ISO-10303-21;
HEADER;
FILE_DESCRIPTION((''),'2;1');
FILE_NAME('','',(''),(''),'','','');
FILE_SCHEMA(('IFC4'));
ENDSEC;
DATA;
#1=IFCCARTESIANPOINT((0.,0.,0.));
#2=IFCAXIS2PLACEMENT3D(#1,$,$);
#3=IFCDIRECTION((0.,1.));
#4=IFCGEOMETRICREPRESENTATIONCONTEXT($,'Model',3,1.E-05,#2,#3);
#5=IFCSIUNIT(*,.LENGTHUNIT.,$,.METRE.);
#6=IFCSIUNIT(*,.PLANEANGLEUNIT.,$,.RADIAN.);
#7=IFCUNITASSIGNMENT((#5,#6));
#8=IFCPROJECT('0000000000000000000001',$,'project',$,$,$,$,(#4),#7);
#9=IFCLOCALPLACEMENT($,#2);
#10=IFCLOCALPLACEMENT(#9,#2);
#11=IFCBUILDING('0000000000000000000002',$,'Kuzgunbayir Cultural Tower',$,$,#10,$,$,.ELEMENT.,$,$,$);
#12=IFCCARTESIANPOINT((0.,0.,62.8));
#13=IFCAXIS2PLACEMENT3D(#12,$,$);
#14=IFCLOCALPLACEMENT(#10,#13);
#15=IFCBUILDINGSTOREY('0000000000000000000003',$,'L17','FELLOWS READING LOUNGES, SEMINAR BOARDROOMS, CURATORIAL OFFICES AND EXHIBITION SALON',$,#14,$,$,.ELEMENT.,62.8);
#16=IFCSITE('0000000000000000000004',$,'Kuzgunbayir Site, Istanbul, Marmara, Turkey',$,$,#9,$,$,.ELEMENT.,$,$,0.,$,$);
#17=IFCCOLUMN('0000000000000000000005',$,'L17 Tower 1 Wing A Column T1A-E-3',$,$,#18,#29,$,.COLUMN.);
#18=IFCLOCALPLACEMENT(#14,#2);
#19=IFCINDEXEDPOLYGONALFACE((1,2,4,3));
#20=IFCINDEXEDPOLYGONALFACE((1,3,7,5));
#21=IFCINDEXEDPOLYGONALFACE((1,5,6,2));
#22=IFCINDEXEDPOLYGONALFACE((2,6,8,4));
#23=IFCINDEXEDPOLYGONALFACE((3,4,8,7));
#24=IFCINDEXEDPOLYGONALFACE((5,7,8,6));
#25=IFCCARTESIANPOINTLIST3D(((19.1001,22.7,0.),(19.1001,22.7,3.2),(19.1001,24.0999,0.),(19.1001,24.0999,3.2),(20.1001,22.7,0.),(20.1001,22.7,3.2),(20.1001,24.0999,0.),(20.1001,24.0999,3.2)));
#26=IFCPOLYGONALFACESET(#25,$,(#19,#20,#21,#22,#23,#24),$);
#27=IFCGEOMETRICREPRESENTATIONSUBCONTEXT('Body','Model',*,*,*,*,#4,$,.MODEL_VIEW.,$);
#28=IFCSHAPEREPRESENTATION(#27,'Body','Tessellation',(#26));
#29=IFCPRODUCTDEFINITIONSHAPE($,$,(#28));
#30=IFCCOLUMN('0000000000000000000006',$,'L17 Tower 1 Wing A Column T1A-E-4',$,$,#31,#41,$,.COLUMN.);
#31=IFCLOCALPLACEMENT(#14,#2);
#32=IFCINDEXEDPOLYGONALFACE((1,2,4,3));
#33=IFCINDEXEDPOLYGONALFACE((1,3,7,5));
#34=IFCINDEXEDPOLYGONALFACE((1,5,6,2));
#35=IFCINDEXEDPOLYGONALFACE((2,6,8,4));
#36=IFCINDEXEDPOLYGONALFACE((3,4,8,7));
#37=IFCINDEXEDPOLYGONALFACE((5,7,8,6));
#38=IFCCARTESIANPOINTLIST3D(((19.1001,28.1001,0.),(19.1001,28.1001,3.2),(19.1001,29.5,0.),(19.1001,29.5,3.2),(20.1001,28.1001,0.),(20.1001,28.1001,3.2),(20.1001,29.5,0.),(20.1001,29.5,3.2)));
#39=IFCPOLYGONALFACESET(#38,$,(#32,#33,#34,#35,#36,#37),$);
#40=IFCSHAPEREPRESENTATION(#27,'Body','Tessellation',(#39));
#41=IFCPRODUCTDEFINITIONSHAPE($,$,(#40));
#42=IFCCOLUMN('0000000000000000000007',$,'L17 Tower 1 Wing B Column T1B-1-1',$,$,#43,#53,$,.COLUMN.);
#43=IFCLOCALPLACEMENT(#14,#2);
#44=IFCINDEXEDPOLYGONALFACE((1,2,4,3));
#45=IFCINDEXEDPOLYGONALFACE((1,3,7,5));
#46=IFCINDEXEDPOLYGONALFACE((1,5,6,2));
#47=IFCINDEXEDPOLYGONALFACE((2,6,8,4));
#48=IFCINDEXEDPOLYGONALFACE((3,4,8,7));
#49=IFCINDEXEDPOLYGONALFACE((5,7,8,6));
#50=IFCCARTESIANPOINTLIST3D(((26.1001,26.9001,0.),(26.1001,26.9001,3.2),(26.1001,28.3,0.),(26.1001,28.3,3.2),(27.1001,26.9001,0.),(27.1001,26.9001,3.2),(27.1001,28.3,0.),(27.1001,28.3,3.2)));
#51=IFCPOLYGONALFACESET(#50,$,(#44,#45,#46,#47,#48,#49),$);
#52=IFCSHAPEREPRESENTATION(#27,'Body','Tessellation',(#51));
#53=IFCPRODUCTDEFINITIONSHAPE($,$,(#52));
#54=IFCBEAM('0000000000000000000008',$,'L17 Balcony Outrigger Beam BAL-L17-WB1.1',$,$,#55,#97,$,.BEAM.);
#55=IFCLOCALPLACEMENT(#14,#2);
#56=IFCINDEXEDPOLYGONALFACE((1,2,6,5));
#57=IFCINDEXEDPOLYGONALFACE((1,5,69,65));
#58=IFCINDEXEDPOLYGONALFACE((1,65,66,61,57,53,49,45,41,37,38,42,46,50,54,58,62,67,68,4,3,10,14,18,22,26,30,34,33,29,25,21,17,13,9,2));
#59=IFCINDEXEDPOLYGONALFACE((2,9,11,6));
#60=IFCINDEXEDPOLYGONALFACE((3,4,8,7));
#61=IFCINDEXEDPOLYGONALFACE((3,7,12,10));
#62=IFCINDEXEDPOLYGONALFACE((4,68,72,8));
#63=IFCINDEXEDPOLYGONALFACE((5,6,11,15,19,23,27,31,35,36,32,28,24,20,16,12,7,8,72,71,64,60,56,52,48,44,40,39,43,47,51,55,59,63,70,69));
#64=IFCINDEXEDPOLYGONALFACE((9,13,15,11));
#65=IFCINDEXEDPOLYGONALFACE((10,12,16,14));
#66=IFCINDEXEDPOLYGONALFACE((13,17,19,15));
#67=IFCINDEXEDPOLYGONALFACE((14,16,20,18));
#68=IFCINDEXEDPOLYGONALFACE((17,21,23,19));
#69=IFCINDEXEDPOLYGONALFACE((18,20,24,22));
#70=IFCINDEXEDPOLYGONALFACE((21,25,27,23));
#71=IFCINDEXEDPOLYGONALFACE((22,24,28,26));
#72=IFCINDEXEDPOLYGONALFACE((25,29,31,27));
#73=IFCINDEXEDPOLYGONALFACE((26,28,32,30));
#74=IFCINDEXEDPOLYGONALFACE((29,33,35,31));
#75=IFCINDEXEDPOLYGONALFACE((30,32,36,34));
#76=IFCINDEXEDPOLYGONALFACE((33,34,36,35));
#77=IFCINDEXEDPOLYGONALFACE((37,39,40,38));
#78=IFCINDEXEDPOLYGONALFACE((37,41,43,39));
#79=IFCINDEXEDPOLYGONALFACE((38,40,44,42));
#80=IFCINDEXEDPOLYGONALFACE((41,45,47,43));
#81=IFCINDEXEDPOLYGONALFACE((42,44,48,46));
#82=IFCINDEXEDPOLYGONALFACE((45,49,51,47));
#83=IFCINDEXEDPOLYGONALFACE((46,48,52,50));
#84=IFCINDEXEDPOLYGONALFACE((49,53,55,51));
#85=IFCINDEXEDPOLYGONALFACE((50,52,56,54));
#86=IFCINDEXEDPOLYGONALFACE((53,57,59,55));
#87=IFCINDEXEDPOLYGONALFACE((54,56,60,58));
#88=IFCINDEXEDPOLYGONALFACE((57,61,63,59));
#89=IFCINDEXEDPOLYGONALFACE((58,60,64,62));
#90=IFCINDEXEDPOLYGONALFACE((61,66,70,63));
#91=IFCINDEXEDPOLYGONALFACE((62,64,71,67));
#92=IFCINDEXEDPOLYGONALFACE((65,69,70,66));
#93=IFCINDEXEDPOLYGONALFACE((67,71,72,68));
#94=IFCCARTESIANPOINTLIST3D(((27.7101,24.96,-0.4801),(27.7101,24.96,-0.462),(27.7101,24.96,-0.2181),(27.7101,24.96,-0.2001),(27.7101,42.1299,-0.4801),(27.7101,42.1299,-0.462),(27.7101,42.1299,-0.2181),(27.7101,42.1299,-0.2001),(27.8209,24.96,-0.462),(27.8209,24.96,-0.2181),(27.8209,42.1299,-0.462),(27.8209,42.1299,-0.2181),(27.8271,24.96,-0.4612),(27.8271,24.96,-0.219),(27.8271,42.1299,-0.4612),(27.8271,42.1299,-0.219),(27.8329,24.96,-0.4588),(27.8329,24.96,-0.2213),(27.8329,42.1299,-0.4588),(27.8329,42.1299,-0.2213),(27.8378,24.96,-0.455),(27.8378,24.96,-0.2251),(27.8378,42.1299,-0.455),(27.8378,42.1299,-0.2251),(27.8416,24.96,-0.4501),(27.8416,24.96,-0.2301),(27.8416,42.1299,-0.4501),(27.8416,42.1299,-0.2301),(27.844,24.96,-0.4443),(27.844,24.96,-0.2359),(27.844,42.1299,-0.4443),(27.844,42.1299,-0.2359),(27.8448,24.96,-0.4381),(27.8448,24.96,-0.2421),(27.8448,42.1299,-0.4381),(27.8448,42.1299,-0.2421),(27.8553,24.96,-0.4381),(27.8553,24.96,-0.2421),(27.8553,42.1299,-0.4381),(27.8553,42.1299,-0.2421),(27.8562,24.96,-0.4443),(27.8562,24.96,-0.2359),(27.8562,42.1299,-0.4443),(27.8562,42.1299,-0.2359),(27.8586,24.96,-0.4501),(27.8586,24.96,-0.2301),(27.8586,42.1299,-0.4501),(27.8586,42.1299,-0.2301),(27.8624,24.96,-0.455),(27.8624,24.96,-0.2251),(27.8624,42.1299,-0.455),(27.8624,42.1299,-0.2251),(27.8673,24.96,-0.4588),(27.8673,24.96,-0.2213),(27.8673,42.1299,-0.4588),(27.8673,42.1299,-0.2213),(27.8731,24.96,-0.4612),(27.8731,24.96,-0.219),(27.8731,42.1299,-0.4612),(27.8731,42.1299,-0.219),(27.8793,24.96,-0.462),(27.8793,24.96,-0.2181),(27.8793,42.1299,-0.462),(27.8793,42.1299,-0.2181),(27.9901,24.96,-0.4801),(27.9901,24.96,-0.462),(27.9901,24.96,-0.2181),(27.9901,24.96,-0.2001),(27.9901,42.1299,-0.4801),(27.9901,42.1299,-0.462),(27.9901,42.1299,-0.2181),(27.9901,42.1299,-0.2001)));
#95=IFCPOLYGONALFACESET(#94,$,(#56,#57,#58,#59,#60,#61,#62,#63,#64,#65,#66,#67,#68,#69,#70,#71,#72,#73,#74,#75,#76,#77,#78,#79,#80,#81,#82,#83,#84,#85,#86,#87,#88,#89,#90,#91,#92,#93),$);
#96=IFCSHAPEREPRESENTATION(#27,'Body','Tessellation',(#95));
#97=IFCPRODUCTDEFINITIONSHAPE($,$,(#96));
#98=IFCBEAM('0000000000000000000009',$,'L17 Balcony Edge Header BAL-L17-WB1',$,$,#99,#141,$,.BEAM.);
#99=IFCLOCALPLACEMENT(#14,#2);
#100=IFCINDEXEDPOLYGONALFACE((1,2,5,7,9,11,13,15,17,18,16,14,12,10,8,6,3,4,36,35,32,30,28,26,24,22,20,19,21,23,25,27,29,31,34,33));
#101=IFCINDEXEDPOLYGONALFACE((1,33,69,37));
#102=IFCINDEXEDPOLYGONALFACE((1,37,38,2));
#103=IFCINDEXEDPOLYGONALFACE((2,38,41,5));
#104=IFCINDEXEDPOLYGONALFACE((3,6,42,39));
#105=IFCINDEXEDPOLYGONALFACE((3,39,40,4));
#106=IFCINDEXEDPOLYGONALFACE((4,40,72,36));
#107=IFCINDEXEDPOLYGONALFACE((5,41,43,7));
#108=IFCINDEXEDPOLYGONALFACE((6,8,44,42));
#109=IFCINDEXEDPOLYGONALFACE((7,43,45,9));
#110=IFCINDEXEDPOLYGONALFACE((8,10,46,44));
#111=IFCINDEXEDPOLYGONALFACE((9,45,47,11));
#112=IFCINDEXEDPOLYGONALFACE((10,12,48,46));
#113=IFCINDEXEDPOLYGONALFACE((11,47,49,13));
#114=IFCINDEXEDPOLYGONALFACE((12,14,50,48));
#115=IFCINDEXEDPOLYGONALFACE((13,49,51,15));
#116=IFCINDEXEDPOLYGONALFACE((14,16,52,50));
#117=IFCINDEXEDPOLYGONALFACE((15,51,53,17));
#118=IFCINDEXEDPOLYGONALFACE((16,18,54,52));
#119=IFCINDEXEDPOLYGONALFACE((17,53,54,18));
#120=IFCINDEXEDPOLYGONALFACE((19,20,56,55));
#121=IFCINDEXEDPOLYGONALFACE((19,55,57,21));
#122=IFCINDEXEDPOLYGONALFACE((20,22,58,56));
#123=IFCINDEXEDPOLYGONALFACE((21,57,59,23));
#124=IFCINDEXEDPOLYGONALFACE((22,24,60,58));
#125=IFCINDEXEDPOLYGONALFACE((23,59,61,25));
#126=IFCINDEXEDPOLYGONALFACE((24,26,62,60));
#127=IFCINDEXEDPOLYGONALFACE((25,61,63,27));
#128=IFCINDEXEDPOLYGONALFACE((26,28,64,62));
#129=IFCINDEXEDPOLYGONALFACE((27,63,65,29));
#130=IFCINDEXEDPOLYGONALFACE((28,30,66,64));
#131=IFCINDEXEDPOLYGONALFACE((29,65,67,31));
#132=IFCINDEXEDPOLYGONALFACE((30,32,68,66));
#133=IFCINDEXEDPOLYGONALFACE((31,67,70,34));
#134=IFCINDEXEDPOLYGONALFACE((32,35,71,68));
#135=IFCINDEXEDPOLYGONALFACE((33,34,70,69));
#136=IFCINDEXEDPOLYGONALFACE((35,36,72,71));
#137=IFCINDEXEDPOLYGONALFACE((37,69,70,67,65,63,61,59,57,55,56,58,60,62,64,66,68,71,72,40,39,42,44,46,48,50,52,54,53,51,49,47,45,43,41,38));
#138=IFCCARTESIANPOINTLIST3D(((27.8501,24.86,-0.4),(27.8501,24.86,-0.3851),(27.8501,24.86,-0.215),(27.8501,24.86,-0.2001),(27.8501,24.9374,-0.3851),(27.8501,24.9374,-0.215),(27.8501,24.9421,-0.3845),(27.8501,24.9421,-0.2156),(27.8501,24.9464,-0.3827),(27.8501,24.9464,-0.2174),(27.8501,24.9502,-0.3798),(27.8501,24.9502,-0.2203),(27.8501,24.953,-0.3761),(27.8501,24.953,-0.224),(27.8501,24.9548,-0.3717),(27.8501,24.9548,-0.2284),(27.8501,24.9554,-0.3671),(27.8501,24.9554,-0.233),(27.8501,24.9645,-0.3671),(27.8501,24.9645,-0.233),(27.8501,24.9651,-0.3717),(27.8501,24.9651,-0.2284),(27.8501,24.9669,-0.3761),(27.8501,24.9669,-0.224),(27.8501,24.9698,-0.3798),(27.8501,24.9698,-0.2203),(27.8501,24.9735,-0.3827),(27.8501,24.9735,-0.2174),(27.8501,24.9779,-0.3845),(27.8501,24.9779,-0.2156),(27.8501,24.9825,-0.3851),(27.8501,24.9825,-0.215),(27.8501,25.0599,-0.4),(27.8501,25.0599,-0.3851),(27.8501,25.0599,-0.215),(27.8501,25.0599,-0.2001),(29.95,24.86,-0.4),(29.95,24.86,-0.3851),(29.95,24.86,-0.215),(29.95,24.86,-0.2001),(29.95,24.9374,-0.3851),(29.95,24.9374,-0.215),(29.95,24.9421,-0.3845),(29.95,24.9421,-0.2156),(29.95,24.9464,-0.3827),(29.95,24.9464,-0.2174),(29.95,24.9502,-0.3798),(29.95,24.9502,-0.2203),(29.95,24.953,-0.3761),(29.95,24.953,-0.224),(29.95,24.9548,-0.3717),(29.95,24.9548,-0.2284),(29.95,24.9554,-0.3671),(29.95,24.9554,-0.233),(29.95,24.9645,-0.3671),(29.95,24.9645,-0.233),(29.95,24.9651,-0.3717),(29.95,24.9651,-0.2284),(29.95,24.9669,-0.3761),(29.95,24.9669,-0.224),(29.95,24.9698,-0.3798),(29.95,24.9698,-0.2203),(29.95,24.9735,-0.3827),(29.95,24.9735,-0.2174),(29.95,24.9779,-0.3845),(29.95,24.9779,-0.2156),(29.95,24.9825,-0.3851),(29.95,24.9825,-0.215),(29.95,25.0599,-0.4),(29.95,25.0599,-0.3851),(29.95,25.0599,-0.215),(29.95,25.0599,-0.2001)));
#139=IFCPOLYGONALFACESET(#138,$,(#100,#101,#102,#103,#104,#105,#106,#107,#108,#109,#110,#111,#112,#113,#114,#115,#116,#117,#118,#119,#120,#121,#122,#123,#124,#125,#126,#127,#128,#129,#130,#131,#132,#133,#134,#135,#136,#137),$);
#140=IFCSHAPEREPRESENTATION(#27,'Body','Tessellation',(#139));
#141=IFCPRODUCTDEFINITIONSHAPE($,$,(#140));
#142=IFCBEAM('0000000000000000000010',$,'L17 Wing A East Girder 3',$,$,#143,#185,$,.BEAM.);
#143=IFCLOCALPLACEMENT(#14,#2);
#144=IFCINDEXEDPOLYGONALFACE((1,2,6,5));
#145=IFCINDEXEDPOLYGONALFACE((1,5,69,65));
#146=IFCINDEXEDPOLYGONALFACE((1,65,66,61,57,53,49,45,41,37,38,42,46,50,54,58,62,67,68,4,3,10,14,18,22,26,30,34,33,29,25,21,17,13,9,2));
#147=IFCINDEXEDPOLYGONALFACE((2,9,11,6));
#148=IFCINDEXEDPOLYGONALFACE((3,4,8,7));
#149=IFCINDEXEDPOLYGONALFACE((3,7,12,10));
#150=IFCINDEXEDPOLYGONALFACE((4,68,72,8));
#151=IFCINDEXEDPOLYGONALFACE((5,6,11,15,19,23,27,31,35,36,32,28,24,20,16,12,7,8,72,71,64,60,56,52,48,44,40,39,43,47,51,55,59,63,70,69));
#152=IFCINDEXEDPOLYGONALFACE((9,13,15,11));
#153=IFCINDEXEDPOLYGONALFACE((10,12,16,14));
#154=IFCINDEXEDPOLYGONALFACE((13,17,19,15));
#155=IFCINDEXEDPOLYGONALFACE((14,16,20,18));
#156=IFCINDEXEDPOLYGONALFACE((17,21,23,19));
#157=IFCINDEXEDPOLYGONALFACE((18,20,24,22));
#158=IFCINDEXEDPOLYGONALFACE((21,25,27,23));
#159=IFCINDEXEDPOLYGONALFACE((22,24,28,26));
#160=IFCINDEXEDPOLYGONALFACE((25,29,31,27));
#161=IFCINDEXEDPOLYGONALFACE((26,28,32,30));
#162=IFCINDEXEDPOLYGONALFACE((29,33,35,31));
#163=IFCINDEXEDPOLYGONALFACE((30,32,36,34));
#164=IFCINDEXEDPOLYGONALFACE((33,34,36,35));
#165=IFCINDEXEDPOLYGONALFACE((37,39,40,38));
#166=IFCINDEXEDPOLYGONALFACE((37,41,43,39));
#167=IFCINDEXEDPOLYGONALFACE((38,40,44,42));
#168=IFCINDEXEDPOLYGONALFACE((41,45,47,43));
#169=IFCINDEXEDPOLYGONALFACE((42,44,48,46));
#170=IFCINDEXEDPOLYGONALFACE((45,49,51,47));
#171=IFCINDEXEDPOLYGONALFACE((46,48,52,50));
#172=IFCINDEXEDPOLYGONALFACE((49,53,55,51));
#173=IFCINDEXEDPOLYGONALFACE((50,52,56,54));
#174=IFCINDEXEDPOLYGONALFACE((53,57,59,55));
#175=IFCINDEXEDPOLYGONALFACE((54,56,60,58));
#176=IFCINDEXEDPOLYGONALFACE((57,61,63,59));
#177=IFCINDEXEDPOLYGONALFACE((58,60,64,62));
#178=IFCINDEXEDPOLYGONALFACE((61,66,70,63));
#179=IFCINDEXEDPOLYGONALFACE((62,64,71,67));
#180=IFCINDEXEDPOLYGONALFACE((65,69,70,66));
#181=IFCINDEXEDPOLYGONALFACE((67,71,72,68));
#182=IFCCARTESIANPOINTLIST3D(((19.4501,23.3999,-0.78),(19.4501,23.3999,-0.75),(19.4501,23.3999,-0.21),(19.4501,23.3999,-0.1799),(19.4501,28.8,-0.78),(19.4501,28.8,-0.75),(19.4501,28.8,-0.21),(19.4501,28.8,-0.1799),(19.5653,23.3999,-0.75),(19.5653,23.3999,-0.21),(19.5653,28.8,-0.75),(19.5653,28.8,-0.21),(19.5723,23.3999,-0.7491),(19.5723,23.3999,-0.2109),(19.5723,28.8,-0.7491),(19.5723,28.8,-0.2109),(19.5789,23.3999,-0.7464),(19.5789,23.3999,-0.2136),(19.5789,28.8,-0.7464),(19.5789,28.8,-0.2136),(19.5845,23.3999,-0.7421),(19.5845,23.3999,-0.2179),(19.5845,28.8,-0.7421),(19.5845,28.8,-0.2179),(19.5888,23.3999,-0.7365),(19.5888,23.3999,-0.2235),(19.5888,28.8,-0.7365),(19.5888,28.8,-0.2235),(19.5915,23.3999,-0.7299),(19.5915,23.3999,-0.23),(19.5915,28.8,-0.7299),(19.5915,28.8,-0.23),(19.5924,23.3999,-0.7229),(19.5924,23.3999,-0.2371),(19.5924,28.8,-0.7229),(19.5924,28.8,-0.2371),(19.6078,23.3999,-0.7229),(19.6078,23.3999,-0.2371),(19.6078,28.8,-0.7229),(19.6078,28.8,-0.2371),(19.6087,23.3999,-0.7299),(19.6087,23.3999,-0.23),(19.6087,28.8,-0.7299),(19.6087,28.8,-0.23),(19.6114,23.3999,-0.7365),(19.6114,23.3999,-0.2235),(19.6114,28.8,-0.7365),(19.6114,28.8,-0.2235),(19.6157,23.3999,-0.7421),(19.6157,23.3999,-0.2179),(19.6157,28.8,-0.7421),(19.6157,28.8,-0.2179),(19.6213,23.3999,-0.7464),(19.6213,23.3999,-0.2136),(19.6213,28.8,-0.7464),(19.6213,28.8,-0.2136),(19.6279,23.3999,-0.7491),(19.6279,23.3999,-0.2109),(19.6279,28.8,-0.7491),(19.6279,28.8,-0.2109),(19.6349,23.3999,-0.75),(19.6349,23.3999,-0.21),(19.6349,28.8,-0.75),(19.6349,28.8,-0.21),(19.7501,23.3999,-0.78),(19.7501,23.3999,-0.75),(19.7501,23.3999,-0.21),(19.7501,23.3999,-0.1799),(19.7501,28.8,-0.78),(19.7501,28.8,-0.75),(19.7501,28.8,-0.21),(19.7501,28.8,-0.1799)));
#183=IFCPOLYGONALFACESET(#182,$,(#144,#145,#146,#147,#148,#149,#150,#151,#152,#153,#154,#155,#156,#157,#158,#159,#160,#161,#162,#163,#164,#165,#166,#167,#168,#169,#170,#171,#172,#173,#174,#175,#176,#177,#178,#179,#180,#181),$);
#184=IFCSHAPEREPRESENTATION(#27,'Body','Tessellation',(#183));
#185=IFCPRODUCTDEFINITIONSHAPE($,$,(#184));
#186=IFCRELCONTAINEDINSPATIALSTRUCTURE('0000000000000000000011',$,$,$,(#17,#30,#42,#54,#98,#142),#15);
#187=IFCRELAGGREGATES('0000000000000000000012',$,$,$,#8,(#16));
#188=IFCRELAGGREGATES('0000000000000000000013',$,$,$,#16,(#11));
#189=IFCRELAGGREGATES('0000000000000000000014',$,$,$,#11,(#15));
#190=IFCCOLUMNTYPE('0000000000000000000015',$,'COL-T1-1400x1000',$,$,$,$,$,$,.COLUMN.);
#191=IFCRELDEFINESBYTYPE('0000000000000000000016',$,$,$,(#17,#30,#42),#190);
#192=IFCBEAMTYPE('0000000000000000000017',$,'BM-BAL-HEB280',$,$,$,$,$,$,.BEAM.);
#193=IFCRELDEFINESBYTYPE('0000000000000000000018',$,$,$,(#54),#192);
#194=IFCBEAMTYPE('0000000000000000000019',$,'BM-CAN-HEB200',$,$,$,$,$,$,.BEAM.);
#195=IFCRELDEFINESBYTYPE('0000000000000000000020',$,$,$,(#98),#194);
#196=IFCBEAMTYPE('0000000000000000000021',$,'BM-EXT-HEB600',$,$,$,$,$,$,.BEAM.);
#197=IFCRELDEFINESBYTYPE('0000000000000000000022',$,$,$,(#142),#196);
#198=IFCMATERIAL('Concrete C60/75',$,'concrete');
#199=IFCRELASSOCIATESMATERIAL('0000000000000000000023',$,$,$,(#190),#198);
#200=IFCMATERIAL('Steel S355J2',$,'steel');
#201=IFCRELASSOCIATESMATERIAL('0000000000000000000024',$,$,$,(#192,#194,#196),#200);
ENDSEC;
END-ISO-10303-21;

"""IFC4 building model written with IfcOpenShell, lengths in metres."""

from ifc_helpers import new_model, si_unit, direction, frame, origin, origin_2d, place, context, subcontext, project, spatial, rectangle, i_section, extrude, material, material_profile, profile_set, type_object, element, save


model = new_model("IFC4")

# Units and contexts
model_context = context("Model", 3, precision=1e-05, world=origin(), true_north=direction((0.0, 1.0)))
body_context = subcontext(model_context, "Body", "Model", "MODEL_VIEW")
ifc_project = project(units=[si_unit("LENGTHUNIT", "METRE"), si_unit("PLANEANGLEUNIT", "RADIAN")], contexts=[model_context])

# Site, building, storey
site_placement = place(None, origin())
site = spatial("IfcSite", under=ifc_project, at=site_placement, Name="Kuzgunbayir Site, Istanbul, Marmara, Turkey", CompositionType="ELEMENT", RefElevation=0.0)
building_placement = place(site_placement, origin())
building = spatial("IfcBuilding", under=site, at=building_placement, Name="Kuzgunbayir Cultural Tower", CompositionType="ELEMENT")
storey_placement = place(building_placement, frame((0.0, 0.0, 62.8)))
storey = spatial("IfcBuildingStorey", under=building, at=storey_placement, Name="L17", Description="FELLOWS READING LOUNGES, SEMINAR BOARDROOMS, CURATORIAL OFFICES AND EXHIBITION SALON", CompositionType="ELEMENT", Elevation=62.8)

# Columns
ifc_material_1 = material(Name="Concrete C60/75", Category="concrete")
ifc_material_profile_1 = material_profile(ifc_material_1, rectangle(XDim=1.0, YDim=1.3999, at=origin_2d()), Name="RC 1400x1000")
ifc_profile_set_1 = profile_set([ifc_material_profile_1], Name="Concrete C60/75")
column_type = type_object("IfcColumnType", Name="COL-T1-1400x1000", PredefinedType="COLUMN", material=ifc_profile_set_1)
for number, where, z_axis, x_axis, name in (
    (1, (19.6001, 23.3999, 0.0), (0.0, 0.0, 1.0), (1.0, 0.0, 0.0), "L17 Tower 1 Wing A Column T1A-E-3"),
    (2, (19.6001, 28.8, 0.0), (0.0, 0.0, 1.0), (1.0, 0.0, 0.0), "L17 Tower 1 Wing A Column T1A-E-4"),
    (3, (26.6001, 27.6001, 0.0), (0.0, 0.0, 1.0), (1.0, 0.0, 0.0), "L17 Tower 1 Wing B Column T1B-1-1"),
):
    element("IfcColumn", number, at=place(storey_placement, frame(where, z_axis=z_axis, x_axis=x_axis)), inside=storey, type_object=column_type, Name=name, PredefinedType="COLUMN", context=body_context, shape_type="SweptSolid", body=[
        extrude(rectangle(XDim=1.0, YDim=1.3999, at=origin_2d()), origin(), (0.0, 0.0, 1.0), 3.2),
    ])

# Beams
ifc_material_2 = material(Name="Steel S355J2", Category="steel")
ifc_material_profile_2 = material_profile(ifc_material_2, i_section(OverallWidth=0.28, OverallDepth=0.28, WebThickness=0.0105, FlangeThickness=0.0181, FilletRadius=0.0239, at=origin_2d()), Name="HEB 280")
ifc_profile_set_2 = profile_set([ifc_material_profile_2], Name="Steel S355J2")
beam_type_1 = type_object("IfcBeamType", Name="BM-BAL-HEB280", PredefinedType="BEAM", material=ifc_profile_set_2)
beam_1_placement = place(storey_placement, frame((27.8501, 24.96, -0.3401), z_axis=(0.0, 1.0, 0.0), x_axis=(-1.0, 0.0, 0.0)))
element("IfcBeam", 4, at=beam_1_placement, inside=storey, type_object=beam_type_1, Name="L17 Balcony Outrigger Beam BAL-L17-WB1.1", PredefinedType="BEAM", context=body_context, shape_type="SweptSolid", body=[
    extrude(i_section(OverallWidth=0.28, OverallDepth=0.28, WebThickness=0.0105, FlangeThickness=0.0181, FilletRadius=0.0239, at=origin_2d()), origin(), (0.0, 0.0, 1.0), 17.1699),
])
ifc_material_profile_3 = material_profile(ifc_material_2, i_section(OverallWidth=0.2, OverallDepth=0.2, WebThickness=0.009, FlangeThickness=0.0149, FilletRadius=0.0181, at=origin_2d()), Name="HEB 200")
ifc_profile_set_3 = profile_set([ifc_material_profile_3], Name="Steel S355J2")
beam_type_2 = type_object("IfcBeamType", Name="BM-CAN-HEB200", PredefinedType="BEAM", material=ifc_profile_set_3)
beam_2_placement = place(storey_placement, frame((27.8501, 24.96, -0.3), z_axis=(1.0, 0.0, 0.0), x_axis=(0.0, 1.0, 0.0)))
element("IfcBeam", 5, at=beam_2_placement, inside=storey, type_object=beam_type_2, Name="L17 Balcony Edge Header BAL-L17-WB1", PredefinedType="BEAM", context=body_context, shape_type="SweptSolid", body=[
    extrude(i_section(OverallWidth=0.2, OverallDepth=0.2, WebThickness=0.009, FlangeThickness=0.0149, FilletRadius=0.0181, at=origin_2d()), origin(), (0.0, 0.0, 1.0), 2.0999),
])
ifc_material_profile_4 = material_profile(ifc_material_2, i_section(OverallWidth=0.3, OverallDepth=0.6001, WebThickness=0.0154, FlangeThickness=0.03, FilletRadius=0.0271, at=origin_2d()), Name="HEB 600")
ifc_profile_set_4 = profile_set([ifc_material_profile_4], Name="Steel S355J2")
beam_type_3 = type_object("IfcBeamType", Name="BM-EXT-HEB600", PredefinedType="BEAM", material=ifc_profile_set_4)
beam_3_placement = place(storey_placement, frame((19.6001, 23.3999, -0.48), z_axis=(0.0, 1.0, 0.0), x_axis=(-1.0, 0.0, 0.0)))
element("IfcBeam", 6, at=beam_3_placement, inside=storey, type_object=beam_type_3, Name="L17 Wing A East Girder 3", PredefinedType="BEAM", context=body_context, shape_type="SweptSolid", body=[
    extrude(i_section(OverallWidth=0.3, OverallDepth=0.6001, WebThickness=0.0154, FlangeThickness=0.03, FilletRadius=0.0271, at=origin_2d()), origin(), (0.0, 0.0, 1.0), 5.4001),
])

save(model, "model.ifc")
